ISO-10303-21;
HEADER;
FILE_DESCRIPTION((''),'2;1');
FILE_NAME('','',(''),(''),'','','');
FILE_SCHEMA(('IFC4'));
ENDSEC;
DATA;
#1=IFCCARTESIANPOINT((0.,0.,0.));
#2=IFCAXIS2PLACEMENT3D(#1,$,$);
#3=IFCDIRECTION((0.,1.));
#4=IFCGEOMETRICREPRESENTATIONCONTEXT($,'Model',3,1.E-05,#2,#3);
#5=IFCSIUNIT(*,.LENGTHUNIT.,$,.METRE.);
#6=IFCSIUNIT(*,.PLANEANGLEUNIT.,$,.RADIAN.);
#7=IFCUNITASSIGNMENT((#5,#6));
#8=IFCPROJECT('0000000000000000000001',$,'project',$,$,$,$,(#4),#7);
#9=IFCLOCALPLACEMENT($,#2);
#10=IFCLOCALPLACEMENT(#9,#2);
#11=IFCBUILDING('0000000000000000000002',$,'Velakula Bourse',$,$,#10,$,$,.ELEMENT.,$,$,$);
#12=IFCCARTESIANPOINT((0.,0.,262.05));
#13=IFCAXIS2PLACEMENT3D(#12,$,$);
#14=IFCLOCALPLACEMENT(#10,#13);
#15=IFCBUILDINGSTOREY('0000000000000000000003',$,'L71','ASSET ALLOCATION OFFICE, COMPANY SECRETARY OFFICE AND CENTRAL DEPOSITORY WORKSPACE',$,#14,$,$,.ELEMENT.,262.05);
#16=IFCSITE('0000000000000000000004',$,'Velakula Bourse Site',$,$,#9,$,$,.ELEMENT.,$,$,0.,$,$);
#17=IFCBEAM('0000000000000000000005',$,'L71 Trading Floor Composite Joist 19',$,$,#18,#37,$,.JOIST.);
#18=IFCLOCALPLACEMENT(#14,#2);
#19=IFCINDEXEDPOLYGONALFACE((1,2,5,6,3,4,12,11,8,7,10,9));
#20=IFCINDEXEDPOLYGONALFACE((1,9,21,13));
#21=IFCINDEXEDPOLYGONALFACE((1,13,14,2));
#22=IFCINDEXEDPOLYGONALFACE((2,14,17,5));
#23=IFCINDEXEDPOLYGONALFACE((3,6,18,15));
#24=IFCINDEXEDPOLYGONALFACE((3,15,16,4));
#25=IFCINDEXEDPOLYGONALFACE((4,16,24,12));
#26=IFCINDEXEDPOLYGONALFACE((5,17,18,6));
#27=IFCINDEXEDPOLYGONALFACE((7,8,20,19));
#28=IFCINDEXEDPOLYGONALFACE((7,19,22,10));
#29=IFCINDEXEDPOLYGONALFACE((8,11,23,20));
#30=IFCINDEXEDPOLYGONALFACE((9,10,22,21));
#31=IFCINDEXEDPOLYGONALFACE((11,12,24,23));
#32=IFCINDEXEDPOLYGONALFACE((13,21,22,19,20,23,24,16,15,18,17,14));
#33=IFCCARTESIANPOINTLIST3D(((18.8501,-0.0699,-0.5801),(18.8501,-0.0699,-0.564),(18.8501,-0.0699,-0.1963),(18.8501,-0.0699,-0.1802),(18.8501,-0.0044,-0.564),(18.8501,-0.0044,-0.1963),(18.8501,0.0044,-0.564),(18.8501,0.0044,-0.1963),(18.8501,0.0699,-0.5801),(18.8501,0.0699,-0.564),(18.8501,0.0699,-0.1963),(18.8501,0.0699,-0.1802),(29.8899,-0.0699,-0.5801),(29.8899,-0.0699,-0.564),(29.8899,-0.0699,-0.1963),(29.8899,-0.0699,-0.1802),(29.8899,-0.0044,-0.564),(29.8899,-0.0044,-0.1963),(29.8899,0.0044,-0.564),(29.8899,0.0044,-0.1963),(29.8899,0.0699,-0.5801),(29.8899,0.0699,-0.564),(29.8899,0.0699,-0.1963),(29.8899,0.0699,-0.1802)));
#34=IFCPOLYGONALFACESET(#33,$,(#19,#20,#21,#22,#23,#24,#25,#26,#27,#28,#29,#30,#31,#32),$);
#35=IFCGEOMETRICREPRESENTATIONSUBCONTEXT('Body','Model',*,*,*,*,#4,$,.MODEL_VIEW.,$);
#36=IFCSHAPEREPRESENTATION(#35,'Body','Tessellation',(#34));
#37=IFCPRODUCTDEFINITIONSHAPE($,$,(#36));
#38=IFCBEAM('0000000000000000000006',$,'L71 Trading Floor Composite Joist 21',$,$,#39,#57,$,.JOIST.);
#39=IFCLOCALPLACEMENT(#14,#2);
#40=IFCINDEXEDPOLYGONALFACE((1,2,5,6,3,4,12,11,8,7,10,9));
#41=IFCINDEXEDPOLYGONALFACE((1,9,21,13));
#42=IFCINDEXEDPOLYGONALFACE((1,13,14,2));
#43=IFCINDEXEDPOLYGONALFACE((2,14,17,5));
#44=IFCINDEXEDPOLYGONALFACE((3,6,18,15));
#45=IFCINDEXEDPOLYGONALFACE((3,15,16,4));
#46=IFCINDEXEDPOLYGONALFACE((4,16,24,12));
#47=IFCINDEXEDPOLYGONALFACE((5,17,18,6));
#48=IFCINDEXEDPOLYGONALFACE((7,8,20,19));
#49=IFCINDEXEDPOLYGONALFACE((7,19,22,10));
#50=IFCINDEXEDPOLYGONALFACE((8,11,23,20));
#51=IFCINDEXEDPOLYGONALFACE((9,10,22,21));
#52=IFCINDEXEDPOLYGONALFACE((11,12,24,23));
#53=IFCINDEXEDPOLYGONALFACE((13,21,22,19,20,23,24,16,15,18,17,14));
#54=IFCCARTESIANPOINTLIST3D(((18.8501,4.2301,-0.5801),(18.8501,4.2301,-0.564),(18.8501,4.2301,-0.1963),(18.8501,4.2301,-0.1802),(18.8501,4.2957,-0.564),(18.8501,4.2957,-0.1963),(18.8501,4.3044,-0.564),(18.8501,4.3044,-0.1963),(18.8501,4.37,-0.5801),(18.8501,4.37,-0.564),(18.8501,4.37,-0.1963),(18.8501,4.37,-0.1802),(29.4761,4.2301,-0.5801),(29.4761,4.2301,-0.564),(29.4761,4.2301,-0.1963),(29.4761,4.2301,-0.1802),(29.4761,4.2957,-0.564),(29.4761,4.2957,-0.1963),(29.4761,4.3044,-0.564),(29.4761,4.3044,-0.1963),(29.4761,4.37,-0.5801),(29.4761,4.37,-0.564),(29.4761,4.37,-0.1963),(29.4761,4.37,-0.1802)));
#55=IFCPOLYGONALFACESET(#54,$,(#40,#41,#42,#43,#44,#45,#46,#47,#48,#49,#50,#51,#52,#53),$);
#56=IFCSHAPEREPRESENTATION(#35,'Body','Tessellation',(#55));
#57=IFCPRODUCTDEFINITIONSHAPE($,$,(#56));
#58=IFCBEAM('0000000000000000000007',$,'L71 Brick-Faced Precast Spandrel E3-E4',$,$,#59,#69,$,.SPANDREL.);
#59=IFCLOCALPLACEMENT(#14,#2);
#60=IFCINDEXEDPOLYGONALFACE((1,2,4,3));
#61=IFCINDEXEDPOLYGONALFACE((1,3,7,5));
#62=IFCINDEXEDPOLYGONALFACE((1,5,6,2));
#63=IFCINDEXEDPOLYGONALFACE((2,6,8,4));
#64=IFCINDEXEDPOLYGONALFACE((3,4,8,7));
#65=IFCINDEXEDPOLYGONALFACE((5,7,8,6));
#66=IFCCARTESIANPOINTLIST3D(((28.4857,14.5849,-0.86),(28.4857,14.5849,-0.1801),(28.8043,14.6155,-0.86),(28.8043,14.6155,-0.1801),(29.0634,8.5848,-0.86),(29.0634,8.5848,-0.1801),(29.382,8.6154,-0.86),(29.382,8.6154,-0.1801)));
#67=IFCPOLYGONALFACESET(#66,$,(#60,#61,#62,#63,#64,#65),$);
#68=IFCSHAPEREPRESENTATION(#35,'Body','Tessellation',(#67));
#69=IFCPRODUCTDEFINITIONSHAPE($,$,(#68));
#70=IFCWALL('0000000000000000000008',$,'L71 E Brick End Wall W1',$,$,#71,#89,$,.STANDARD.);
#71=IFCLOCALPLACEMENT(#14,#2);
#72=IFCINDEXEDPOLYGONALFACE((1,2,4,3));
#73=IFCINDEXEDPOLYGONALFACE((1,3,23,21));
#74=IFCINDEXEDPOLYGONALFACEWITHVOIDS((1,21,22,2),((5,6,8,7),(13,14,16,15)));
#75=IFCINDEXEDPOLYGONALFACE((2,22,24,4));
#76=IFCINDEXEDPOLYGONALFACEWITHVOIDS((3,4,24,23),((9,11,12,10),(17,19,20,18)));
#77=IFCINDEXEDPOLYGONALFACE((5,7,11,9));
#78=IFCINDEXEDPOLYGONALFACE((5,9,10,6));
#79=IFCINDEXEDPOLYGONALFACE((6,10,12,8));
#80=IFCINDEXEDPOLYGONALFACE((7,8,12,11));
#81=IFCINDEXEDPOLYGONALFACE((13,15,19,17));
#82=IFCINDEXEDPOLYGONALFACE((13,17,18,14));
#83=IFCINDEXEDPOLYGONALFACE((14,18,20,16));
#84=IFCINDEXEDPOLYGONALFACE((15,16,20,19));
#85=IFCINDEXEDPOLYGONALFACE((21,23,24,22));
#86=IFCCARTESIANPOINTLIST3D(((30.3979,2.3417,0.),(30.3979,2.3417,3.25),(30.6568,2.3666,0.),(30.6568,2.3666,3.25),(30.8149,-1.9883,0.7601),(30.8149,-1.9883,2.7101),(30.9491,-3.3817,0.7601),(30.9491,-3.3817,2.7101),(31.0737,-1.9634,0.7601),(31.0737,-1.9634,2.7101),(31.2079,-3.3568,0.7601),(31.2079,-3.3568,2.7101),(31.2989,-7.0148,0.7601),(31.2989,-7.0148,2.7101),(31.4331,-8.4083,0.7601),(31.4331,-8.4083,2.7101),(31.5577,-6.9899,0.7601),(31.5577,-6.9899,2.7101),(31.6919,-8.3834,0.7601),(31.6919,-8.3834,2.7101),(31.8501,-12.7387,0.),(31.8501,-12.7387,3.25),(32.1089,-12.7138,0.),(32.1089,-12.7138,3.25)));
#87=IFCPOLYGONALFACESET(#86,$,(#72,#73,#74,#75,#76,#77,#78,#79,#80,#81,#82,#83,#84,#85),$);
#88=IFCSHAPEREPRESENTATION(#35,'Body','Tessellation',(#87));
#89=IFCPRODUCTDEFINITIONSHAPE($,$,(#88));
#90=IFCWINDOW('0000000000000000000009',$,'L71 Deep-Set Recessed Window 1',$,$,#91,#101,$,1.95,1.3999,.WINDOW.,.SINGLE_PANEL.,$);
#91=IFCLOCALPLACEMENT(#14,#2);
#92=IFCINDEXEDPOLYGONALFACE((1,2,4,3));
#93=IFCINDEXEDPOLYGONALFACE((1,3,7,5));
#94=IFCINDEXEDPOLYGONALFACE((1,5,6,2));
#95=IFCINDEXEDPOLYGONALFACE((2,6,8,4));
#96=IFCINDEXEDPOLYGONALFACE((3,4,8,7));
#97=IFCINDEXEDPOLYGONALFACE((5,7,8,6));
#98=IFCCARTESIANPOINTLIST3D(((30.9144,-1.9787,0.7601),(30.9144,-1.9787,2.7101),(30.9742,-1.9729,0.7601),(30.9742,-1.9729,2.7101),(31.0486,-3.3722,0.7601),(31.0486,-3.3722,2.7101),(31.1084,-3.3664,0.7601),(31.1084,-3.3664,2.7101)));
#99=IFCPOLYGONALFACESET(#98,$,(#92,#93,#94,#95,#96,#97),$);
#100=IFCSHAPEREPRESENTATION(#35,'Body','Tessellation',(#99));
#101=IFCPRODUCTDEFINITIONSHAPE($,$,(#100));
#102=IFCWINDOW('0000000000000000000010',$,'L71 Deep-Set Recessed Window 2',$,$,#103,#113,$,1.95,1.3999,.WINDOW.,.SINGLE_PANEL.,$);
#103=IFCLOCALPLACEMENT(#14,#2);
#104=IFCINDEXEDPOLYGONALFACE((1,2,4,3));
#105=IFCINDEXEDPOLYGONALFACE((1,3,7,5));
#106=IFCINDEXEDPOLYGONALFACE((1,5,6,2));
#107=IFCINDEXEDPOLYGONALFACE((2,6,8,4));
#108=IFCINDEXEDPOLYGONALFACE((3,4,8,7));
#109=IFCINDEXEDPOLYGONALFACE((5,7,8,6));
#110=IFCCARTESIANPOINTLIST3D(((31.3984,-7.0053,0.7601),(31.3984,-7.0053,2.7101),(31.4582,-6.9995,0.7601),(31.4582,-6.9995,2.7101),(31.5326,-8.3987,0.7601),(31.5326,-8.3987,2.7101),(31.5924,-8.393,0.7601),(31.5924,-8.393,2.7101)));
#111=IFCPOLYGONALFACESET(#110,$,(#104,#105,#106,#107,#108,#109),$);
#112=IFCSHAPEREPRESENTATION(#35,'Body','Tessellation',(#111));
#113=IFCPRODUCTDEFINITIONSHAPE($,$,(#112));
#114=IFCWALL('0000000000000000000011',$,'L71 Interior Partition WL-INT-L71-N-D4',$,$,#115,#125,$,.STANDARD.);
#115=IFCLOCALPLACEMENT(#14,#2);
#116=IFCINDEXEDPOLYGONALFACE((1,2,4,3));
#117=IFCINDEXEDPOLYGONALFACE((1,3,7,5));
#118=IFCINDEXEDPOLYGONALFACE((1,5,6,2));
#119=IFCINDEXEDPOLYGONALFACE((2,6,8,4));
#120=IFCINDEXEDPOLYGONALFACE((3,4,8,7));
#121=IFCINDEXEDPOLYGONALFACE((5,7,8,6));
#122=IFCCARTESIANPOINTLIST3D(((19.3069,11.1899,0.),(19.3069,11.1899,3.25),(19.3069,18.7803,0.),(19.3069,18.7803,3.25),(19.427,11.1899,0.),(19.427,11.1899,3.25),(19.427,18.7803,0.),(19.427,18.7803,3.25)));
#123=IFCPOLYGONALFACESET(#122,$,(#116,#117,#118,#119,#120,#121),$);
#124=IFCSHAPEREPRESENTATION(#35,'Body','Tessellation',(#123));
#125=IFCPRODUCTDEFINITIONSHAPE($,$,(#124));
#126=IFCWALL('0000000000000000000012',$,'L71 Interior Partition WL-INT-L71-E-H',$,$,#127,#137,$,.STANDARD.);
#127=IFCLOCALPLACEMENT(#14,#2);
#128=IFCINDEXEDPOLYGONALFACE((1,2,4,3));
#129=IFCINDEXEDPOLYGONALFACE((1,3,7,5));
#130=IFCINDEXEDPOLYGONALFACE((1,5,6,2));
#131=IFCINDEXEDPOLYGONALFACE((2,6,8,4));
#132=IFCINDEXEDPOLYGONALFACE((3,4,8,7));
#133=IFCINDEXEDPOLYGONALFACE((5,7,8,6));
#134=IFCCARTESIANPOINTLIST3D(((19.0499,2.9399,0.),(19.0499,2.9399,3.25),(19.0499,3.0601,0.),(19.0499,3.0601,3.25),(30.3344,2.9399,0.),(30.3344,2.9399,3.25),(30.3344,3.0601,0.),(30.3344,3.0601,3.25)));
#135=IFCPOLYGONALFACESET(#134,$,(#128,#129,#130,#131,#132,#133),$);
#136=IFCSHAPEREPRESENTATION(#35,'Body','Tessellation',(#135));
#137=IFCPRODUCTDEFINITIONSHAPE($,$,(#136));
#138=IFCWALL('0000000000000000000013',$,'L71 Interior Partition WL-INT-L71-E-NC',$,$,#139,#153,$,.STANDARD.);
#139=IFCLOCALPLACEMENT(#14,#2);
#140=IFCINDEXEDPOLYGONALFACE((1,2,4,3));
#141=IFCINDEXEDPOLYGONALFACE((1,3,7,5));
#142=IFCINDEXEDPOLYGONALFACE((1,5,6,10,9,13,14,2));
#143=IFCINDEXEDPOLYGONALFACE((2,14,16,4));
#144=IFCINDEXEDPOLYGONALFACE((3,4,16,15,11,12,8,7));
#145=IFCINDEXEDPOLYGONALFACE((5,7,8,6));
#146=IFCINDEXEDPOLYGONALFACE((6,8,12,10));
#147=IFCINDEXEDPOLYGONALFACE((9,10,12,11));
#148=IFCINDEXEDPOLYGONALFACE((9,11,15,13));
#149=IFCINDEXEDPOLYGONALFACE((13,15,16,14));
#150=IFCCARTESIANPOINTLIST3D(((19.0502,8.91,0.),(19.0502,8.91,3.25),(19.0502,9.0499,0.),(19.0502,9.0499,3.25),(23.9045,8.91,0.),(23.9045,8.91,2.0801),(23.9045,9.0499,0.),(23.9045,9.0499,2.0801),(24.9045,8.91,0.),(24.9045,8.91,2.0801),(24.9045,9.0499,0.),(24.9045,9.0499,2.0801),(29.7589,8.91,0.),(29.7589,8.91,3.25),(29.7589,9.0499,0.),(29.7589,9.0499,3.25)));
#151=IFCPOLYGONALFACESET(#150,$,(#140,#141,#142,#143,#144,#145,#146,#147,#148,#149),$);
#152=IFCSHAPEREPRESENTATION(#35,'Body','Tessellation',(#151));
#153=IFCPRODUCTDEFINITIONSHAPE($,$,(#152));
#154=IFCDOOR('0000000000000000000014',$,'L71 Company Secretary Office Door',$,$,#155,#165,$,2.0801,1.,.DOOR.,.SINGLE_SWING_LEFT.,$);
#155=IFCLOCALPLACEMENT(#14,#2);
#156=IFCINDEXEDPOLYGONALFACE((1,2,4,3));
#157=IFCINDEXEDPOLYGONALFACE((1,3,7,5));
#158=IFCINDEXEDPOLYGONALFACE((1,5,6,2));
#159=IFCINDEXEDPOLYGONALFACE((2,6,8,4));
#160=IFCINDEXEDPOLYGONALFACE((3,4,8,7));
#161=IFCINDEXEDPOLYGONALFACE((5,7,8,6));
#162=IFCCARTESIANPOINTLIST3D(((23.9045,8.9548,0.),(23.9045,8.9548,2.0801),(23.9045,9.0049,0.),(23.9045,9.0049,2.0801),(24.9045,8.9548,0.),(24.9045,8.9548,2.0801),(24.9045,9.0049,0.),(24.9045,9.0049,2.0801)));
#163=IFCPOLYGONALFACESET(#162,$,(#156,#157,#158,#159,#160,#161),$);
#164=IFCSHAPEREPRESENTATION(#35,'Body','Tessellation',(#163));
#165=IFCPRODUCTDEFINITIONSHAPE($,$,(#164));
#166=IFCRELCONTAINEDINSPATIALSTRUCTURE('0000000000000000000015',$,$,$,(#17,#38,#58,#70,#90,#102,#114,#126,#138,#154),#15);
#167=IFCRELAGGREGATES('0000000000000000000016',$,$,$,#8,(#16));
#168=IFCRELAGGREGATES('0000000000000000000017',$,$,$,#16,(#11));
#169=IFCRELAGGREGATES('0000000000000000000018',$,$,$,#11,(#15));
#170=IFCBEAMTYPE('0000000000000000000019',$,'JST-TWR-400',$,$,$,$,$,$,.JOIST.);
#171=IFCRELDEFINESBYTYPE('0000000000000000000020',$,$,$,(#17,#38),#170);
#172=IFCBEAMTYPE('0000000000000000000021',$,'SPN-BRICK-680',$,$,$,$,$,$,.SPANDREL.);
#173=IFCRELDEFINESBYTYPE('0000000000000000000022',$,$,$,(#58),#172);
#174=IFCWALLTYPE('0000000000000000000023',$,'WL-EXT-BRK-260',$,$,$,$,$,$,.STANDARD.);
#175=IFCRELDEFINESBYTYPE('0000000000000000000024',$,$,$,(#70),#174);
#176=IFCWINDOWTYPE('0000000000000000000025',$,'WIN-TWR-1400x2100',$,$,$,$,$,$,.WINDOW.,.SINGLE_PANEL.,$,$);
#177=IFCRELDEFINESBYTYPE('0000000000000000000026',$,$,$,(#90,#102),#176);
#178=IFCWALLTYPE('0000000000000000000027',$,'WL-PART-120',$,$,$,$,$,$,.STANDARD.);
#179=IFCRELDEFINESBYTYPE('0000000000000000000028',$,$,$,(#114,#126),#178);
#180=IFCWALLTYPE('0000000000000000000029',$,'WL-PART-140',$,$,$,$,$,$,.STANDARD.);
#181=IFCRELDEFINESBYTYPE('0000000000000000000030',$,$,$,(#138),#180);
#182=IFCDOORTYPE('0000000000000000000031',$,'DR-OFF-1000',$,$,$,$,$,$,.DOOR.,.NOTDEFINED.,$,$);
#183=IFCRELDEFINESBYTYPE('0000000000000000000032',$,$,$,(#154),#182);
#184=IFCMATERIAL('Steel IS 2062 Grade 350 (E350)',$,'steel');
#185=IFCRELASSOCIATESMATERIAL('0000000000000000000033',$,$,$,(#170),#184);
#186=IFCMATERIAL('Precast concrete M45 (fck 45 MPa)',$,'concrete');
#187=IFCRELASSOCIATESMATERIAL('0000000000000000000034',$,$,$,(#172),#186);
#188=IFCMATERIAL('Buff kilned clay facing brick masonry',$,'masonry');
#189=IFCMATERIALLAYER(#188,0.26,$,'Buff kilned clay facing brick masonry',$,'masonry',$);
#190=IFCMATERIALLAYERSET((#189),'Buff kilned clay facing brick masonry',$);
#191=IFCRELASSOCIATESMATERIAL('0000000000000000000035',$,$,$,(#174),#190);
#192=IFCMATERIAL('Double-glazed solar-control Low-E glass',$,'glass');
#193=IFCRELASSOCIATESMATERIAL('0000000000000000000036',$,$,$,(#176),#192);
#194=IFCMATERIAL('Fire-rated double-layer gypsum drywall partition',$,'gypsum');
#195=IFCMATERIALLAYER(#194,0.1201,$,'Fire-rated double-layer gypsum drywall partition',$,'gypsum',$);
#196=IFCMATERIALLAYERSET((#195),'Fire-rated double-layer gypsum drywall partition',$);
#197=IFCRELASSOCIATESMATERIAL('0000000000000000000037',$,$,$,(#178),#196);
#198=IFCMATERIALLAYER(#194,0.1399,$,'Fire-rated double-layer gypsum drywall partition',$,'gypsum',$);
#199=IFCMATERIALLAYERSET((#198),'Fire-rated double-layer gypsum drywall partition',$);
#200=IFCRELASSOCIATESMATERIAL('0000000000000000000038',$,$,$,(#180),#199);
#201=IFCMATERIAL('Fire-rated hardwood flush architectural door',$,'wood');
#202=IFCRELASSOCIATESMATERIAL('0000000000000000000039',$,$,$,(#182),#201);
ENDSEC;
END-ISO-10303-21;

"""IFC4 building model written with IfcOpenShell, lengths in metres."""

from ifc_helpers import new_model, si_unit, direction, frame, frame_2d, origin, origin_2d, place, context, subcontext, project, spatial, rectangle, i_section, extrude, material, layer, layer_set, material_profile, profile_set, type_object, element, fill, save


model = new_model("IFC4")

# Units and contexts
model_context = context("Model", 3, precision=1e-05, world=origin(), true_north=direction((0.0, 1.0)))
body_context = subcontext(model_context, "Body", "Model", "MODEL_VIEW")
ifc_project = project(units=[si_unit("LENGTHUNIT", "METRE"), si_unit("PLANEANGLEUNIT", "RADIAN")], contexts=[model_context])

# Site, building, storey
site_placement = place(None, origin())
site = spatial("IfcSite", under=ifc_project, at=site_placement, Name="Velakula Bourse Site", CompositionType="ELEMENT", RefElevation=0.0)
building_placement = place(site_placement, origin())
building = spatial("IfcBuilding", under=site, at=building_placement, Name="Velakula Bourse", CompositionType="ELEMENT")
storey_placement = place(building_placement, frame((0.0, 0.0, 262.05)))
storey = spatial("IfcBuildingStorey", under=building, at=storey_placement, Name="L71", Description="ASSET ALLOCATION OFFICE, COMPANY SECRETARY OFFICE AND CENTRAL DEPOSITORY WORKSPACE", CompositionType="ELEMENT", Elevation=262.05)

# Shared definitions
ifc_material_1 = material(Name="Steel IS 2062 Grade 350 (E350)", Category="steel")

# Beams
ifc_material_profile_1 = material_profile(ifc_material_1, i_section(OverallWidth=0.1399, OverallDepth=0.3999, WebThickness=0.0088, FlangeThickness=0.0161, at=origin_2d()), Name="Steel IS 2062 Grade 350 (E350)")
ifc_profile_set_1 = profile_set([ifc_material_profile_1], Name="Steel IS 2062 Grade 350 (E350)")
beam_type_1 = type_object("IfcBeamType", Name="JST-TWR-400", PredefinedType="JOIST", material=ifc_profile_set_1)
beam_1_placement = place(storey_placement, frame((18.8501, 0.0, -0.3801), z_axis=(1.0, 0.0, 0.0), x_axis=(0.0, 1.0, 0.0)))
element("IfcBeam", 1, at=beam_1_placement, inside=storey, type_object=beam_type_1, Name="L71 Trading Floor Composite Joist 19", PredefinedType="JOIST", context=body_context, shape_type="SweptSolid", body=[
    extrude(i_section(OverallWidth=0.1399, OverallDepth=0.3999, WebThickness=0.0088, FlangeThickness=0.0161, at=origin_2d()), origin(), (0.0, 0.0, 1.0), 11.0398),
])
beam_2_placement = place(storey_placement, frame((18.8501, 4.3, -0.3801), z_axis=(1.0, 0.0, 0.0), x_axis=(0.0, 1.0, 0.0)))
element("IfcBeam", 2, at=beam_2_placement, inside=storey, type_object=beam_type_1, Name="L71 Trading Floor Composite Joist 21", PredefinedType="JOIST", context=body_context, shape_type="SweptSolid", body=[
    extrude(i_section(OverallWidth=0.1399, OverallDepth=0.3999, WebThickness=0.0088, FlangeThickness=0.0161, at=origin_2d()), origin(), (0.0, 0.0, 1.0), 10.626),
])
ifc_material_2 = material(Name="Precast concrete M45 (fck 45 MPa)", Category="concrete")
ifc_material_profile_2 = material_profile(ifc_material_2, rectangle(XDim=0.3201, YDim=0.6799, at=origin_2d()), Name="Precast concrete M45 (fck 45 MPa)")
ifc_profile_set_2 = profile_set([ifc_material_profile_2], Name="Precast concrete M45 (fck 45 MPa)")
beam_type_2 = type_object("IfcBeamType", Name="SPN-BRICK-680", PredefinedType="SPANDREL", material=ifc_profile_set_2)
beam_3_placement = place(storey_placement, frame((29.2227, 8.6001, -0.52), z_axis=(-0.09583, 0.995398, 0.0), x_axis=(-0.995398, -0.09583, 0.0)))
element("IfcBeam", 3, at=beam_3_placement, inside=storey, type_object=beam_type_2, Name="L71 Brick-Faced Precast Spandrel E3-E4", PredefinedType="SPANDREL", context=body_context, shape_type="SweptSolid", body=[
    extrude(rectangle(XDim=0.3201, YDim=0.6799, at=origin_2d()), origin(), (0.0, 0.0, 1.0), 6.0278),
])

# Wall, openings, windows
ifc_material_3 = material(Name="Buff kilned clay facing brick masonry", Category="masonry")
ifc_layer_1 = layer(ifc_material_3, 0.26, Name="Buff kilned clay facing brick masonry", Category="masonry")
ifc_layer_set_1 = layer_set([ifc_layer_1], Name="Buff kilned clay facing brick masonry")
wall_type_1 = type_object("IfcWallType", Name="WL-EXT-BRK-260", PredefinedType="STANDARD", material=ifc_layer_set_1)
wall_1_placement = place(storey_placement, frame((30.5273, 2.3542, 0.0), z_axis=(0.0, 0.0, 1.0), x_axis=(0.095851, -0.995396, 0.0)))
wall_1 = element("IfcWall", 4, at=wall_1_placement, inside=storey, type_object=wall_type_1, Name="L71 E Brick End Wall W1", PredefinedType="STANDARD", context=body_context, shape_type="SweptSolid", body=[
    extrude(rectangle(XDim=15.1501, YDim=0.26, at=frame_2d((7.5752, 0.0))), origin(), (0.0, 0.0, 1.0), 3.25),
])
opening_1_placement = place(wall_1_placement, frame((4.3501, 0.0, 0.76)))
opening_1 = element("IfcOpeningElement", 5, at=opening_1_placement, cuts=wall_1, PredefinedType="OPENING", context=body_context, shape_type="SweptSolid", body=[
    extrude(rectangle(XDim=1.3999, YDim=1.95, at=frame_2d((0.7, 0.9751))), frame((0.0, 0.1399, 0.0), z_axis=(0.0, -1.0, 0.0), x_axis=(1.0, 0.0, 0.0)), (0.0, 0.0, 1.0), 0.28),
])
opening_2_placement = place(wall_1_placement, frame((9.3999, 0.0, 0.76)))
opening_2 = element("IfcOpeningElement", 6, at=opening_2_placement, cuts=wall_1, PredefinedType="OPENING", context=body_context, shape_type="SweptSolid", body=[
    extrude(rectangle(XDim=1.3999, YDim=1.95, at=frame_2d((0.7, 0.9751))), frame((0.0, 0.1399, 0.0), z_axis=(0.0, -1.0, 0.0), x_axis=(1.0, 0.0, 0.0)), (0.0, 0.0, 1.0), 0.28),
])
ifc_material_4 = material(Name="Double-glazed solar-control Low-E glass", Category="glass")
window_type = type_object("IfcWindowType", Name="WIN-TWR-1400x2100", PartitioningType="SINGLE_PANEL", PredefinedType="WINDOW", material=ifc_material_4)
window_1_placement = place(opening_1_placement, origin())
window_1 = element("IfcWindow", 7, at=window_1_placement, inside=storey, type_object=window_type, Name="L71 Deep-Set Recessed Window 1", OverallHeight=1.95, OverallWidth=1.3999, PartitioningType="SINGLE_PANEL", PredefinedType="WINDOW", context=body_context, shape_type="SweptSolid", body=[
    extrude(rectangle(XDim=1.3999, YDim=1.95, at=frame_2d((0.7, 0.9751))), frame((0.0, 0.03, 0.0), z_axis=(0.0, -1.0, 0.0), x_axis=(1.0, 0.0, 0.0)), (0.0, 0.0, 1.0), 0.0601),
])
fill(opening_1, window_1)
window_2_placement = place(opening_2_placement, origin())
window_2 = element("IfcWindow", 8, at=window_2_placement, inside=storey, type_object=window_type, Name="L71 Deep-Set Recessed Window 2", OverallHeight=1.95, OverallWidth=1.3999, PartitioningType="SINGLE_PANEL", PredefinedType="WINDOW", context=body_context, shape_type="SweptSolid", body=[
    extrude(rectangle(XDim=1.3999, YDim=1.95, at=frame_2d((0.7, 0.9751))), frame((0.0, 0.03, 0.0), z_axis=(0.0, -1.0, 0.0), x_axis=(1.0, 0.0, 0.0)), (0.0, 0.0, 1.0), 0.0601),
])
fill(opening_2, window_2)

# Walls
ifc_material_5 = material(Name="Fire-rated double-layer gypsum drywall partition", Category="gypsum")
ifc_layer_2 = layer(ifc_material_5, 0.1201, Name="Fire-rated double-layer gypsum drywall partition", Category="gypsum")
ifc_layer_set_2 = layer_set([ifc_layer_2], Name="Fire-rated double-layer gypsum drywall partition")
wall_type_2 = type_object("IfcWallType", Name="WL-PART-120", PredefinedType="STANDARD", material=ifc_layer_set_2)
wall_2_placement = place(storey_placement, frame((19.3669, 11.1899, 0.0), z_axis=(0.0, 0.0, 1.0), x_axis=(0.0, 1.0, 0.0)))
element("IfcWall", 9, at=wall_2_placement, inside=storey, type_object=wall_type_2, Name="L71 Interior Partition WL-INT-L71-N-D4", PredefinedType="STANDARD", context=body_context, shape_type="SweptSolid", body=[
    extrude(rectangle(XDim=7.5903, YDim=0.1201, at=frame_2d((3.7952, 0.0))), origin(), (0.0, 0.0, 1.0), 3.25),
])
wall_3_placement = place(storey_placement, frame((19.05, 3.0, 0.0), z_axis=(0.0, 0.0, 1.0), x_axis=(1.0, 0.0, 0.0)))
element("IfcWall", 10, at=wall_3_placement, inside=storey, type_object=wall_type_2, Name="L71 Interior Partition WL-INT-L71-E-H", PredefinedType="STANDARD", context=body_context, shape_type="SweptSolid", body=[
    extrude(rectangle(XDim=11.2844, YDim=0.1201, at=frame_2d((5.6421, 0.0))), origin(), (0.0, 0.0, 1.0), 3.25),
])

# Wall, opening, door
ifc_layer_3 = layer(ifc_material_5, 0.1399, Name="Fire-rated double-layer gypsum drywall partition", Category="gypsum")
ifc_layer_set_3 = layer_set([ifc_layer_3], Name="Fire-rated double-layer gypsum drywall partition")
wall_type_3 = type_object("IfcWallType", Name="WL-PART-140", PredefinedType="STANDARD", material=ifc_layer_set_3)
wall_4_placement = place(storey_placement, frame((19.05, 8.98, 0.0), z_axis=(0.0, 0.0, 1.0), x_axis=(1.0, 0.0, 0.0)))
wall_4 = element("IfcWall", 11, at=wall_4_placement, inside=storey, type_object=wall_type_3, Name="L71 Interior Partition WL-INT-L71-E-NC", PredefinedType="STANDARD", context=body_context, shape_type="SweptSolid", body=[
    extrude(rectangle(XDim=10.7087, YDim=0.1399, at=frame_2d((5.3545, 0.0))), origin(), (0.0, 0.0, 1.0), 3.25),
])
opening_3_placement = place(wall_4_placement, frame((4.8545, 0.0, 0.0)))
opening_3 = element("IfcOpeningElement", 12, at=opening_3_placement, cuts=wall_4, PredefinedType="OPENING", context=body_context, shape_type="SweptSolid", body=[
    extrude(rectangle(XDim=1.0, YDim=2.0801, at=frame_2d((0.5, 1.04))), frame((0.0, 0.0798, 0.0), z_axis=(0.0, -1.0, 0.0), x_axis=(1.0, 0.0, 0.0)), (0.0, 0.0, 1.0), 0.1599),
])
ifc_material_6 = material(Name="Fire-rated hardwood flush architectural door", Category="wood")
door_type = type_object("IfcDoorType", Name="DR-OFF-1000", OperationType="NOTDEFINED", PredefinedType="DOOR", material=ifc_material_6)
door_placement = place(opening_3_placement, origin())
door = element("IfcDoor", 13, at=door_placement, inside=storey, type_object=door_type, Name="L71 Company Secretary Office Door", OperationType="SINGLE_SWING_LEFT", OverallHeight=2.0801, OverallWidth=1.0, PredefinedType="DOOR", context=body_context, shape_type="SweptSolid", body=[
    extrude(rectangle(XDim=1.0, YDim=2.0801, at=frame_2d((0.5, 1.04))), frame((0.0, 0.0249, 0.0), z_axis=(0.0, -1.0, 0.0), x_axis=(1.0, 0.0, 0.0)), (0.0, 0.0, 1.0), 0.05),
])
fill(opening_3, door)

save(model, "model.ifc")
